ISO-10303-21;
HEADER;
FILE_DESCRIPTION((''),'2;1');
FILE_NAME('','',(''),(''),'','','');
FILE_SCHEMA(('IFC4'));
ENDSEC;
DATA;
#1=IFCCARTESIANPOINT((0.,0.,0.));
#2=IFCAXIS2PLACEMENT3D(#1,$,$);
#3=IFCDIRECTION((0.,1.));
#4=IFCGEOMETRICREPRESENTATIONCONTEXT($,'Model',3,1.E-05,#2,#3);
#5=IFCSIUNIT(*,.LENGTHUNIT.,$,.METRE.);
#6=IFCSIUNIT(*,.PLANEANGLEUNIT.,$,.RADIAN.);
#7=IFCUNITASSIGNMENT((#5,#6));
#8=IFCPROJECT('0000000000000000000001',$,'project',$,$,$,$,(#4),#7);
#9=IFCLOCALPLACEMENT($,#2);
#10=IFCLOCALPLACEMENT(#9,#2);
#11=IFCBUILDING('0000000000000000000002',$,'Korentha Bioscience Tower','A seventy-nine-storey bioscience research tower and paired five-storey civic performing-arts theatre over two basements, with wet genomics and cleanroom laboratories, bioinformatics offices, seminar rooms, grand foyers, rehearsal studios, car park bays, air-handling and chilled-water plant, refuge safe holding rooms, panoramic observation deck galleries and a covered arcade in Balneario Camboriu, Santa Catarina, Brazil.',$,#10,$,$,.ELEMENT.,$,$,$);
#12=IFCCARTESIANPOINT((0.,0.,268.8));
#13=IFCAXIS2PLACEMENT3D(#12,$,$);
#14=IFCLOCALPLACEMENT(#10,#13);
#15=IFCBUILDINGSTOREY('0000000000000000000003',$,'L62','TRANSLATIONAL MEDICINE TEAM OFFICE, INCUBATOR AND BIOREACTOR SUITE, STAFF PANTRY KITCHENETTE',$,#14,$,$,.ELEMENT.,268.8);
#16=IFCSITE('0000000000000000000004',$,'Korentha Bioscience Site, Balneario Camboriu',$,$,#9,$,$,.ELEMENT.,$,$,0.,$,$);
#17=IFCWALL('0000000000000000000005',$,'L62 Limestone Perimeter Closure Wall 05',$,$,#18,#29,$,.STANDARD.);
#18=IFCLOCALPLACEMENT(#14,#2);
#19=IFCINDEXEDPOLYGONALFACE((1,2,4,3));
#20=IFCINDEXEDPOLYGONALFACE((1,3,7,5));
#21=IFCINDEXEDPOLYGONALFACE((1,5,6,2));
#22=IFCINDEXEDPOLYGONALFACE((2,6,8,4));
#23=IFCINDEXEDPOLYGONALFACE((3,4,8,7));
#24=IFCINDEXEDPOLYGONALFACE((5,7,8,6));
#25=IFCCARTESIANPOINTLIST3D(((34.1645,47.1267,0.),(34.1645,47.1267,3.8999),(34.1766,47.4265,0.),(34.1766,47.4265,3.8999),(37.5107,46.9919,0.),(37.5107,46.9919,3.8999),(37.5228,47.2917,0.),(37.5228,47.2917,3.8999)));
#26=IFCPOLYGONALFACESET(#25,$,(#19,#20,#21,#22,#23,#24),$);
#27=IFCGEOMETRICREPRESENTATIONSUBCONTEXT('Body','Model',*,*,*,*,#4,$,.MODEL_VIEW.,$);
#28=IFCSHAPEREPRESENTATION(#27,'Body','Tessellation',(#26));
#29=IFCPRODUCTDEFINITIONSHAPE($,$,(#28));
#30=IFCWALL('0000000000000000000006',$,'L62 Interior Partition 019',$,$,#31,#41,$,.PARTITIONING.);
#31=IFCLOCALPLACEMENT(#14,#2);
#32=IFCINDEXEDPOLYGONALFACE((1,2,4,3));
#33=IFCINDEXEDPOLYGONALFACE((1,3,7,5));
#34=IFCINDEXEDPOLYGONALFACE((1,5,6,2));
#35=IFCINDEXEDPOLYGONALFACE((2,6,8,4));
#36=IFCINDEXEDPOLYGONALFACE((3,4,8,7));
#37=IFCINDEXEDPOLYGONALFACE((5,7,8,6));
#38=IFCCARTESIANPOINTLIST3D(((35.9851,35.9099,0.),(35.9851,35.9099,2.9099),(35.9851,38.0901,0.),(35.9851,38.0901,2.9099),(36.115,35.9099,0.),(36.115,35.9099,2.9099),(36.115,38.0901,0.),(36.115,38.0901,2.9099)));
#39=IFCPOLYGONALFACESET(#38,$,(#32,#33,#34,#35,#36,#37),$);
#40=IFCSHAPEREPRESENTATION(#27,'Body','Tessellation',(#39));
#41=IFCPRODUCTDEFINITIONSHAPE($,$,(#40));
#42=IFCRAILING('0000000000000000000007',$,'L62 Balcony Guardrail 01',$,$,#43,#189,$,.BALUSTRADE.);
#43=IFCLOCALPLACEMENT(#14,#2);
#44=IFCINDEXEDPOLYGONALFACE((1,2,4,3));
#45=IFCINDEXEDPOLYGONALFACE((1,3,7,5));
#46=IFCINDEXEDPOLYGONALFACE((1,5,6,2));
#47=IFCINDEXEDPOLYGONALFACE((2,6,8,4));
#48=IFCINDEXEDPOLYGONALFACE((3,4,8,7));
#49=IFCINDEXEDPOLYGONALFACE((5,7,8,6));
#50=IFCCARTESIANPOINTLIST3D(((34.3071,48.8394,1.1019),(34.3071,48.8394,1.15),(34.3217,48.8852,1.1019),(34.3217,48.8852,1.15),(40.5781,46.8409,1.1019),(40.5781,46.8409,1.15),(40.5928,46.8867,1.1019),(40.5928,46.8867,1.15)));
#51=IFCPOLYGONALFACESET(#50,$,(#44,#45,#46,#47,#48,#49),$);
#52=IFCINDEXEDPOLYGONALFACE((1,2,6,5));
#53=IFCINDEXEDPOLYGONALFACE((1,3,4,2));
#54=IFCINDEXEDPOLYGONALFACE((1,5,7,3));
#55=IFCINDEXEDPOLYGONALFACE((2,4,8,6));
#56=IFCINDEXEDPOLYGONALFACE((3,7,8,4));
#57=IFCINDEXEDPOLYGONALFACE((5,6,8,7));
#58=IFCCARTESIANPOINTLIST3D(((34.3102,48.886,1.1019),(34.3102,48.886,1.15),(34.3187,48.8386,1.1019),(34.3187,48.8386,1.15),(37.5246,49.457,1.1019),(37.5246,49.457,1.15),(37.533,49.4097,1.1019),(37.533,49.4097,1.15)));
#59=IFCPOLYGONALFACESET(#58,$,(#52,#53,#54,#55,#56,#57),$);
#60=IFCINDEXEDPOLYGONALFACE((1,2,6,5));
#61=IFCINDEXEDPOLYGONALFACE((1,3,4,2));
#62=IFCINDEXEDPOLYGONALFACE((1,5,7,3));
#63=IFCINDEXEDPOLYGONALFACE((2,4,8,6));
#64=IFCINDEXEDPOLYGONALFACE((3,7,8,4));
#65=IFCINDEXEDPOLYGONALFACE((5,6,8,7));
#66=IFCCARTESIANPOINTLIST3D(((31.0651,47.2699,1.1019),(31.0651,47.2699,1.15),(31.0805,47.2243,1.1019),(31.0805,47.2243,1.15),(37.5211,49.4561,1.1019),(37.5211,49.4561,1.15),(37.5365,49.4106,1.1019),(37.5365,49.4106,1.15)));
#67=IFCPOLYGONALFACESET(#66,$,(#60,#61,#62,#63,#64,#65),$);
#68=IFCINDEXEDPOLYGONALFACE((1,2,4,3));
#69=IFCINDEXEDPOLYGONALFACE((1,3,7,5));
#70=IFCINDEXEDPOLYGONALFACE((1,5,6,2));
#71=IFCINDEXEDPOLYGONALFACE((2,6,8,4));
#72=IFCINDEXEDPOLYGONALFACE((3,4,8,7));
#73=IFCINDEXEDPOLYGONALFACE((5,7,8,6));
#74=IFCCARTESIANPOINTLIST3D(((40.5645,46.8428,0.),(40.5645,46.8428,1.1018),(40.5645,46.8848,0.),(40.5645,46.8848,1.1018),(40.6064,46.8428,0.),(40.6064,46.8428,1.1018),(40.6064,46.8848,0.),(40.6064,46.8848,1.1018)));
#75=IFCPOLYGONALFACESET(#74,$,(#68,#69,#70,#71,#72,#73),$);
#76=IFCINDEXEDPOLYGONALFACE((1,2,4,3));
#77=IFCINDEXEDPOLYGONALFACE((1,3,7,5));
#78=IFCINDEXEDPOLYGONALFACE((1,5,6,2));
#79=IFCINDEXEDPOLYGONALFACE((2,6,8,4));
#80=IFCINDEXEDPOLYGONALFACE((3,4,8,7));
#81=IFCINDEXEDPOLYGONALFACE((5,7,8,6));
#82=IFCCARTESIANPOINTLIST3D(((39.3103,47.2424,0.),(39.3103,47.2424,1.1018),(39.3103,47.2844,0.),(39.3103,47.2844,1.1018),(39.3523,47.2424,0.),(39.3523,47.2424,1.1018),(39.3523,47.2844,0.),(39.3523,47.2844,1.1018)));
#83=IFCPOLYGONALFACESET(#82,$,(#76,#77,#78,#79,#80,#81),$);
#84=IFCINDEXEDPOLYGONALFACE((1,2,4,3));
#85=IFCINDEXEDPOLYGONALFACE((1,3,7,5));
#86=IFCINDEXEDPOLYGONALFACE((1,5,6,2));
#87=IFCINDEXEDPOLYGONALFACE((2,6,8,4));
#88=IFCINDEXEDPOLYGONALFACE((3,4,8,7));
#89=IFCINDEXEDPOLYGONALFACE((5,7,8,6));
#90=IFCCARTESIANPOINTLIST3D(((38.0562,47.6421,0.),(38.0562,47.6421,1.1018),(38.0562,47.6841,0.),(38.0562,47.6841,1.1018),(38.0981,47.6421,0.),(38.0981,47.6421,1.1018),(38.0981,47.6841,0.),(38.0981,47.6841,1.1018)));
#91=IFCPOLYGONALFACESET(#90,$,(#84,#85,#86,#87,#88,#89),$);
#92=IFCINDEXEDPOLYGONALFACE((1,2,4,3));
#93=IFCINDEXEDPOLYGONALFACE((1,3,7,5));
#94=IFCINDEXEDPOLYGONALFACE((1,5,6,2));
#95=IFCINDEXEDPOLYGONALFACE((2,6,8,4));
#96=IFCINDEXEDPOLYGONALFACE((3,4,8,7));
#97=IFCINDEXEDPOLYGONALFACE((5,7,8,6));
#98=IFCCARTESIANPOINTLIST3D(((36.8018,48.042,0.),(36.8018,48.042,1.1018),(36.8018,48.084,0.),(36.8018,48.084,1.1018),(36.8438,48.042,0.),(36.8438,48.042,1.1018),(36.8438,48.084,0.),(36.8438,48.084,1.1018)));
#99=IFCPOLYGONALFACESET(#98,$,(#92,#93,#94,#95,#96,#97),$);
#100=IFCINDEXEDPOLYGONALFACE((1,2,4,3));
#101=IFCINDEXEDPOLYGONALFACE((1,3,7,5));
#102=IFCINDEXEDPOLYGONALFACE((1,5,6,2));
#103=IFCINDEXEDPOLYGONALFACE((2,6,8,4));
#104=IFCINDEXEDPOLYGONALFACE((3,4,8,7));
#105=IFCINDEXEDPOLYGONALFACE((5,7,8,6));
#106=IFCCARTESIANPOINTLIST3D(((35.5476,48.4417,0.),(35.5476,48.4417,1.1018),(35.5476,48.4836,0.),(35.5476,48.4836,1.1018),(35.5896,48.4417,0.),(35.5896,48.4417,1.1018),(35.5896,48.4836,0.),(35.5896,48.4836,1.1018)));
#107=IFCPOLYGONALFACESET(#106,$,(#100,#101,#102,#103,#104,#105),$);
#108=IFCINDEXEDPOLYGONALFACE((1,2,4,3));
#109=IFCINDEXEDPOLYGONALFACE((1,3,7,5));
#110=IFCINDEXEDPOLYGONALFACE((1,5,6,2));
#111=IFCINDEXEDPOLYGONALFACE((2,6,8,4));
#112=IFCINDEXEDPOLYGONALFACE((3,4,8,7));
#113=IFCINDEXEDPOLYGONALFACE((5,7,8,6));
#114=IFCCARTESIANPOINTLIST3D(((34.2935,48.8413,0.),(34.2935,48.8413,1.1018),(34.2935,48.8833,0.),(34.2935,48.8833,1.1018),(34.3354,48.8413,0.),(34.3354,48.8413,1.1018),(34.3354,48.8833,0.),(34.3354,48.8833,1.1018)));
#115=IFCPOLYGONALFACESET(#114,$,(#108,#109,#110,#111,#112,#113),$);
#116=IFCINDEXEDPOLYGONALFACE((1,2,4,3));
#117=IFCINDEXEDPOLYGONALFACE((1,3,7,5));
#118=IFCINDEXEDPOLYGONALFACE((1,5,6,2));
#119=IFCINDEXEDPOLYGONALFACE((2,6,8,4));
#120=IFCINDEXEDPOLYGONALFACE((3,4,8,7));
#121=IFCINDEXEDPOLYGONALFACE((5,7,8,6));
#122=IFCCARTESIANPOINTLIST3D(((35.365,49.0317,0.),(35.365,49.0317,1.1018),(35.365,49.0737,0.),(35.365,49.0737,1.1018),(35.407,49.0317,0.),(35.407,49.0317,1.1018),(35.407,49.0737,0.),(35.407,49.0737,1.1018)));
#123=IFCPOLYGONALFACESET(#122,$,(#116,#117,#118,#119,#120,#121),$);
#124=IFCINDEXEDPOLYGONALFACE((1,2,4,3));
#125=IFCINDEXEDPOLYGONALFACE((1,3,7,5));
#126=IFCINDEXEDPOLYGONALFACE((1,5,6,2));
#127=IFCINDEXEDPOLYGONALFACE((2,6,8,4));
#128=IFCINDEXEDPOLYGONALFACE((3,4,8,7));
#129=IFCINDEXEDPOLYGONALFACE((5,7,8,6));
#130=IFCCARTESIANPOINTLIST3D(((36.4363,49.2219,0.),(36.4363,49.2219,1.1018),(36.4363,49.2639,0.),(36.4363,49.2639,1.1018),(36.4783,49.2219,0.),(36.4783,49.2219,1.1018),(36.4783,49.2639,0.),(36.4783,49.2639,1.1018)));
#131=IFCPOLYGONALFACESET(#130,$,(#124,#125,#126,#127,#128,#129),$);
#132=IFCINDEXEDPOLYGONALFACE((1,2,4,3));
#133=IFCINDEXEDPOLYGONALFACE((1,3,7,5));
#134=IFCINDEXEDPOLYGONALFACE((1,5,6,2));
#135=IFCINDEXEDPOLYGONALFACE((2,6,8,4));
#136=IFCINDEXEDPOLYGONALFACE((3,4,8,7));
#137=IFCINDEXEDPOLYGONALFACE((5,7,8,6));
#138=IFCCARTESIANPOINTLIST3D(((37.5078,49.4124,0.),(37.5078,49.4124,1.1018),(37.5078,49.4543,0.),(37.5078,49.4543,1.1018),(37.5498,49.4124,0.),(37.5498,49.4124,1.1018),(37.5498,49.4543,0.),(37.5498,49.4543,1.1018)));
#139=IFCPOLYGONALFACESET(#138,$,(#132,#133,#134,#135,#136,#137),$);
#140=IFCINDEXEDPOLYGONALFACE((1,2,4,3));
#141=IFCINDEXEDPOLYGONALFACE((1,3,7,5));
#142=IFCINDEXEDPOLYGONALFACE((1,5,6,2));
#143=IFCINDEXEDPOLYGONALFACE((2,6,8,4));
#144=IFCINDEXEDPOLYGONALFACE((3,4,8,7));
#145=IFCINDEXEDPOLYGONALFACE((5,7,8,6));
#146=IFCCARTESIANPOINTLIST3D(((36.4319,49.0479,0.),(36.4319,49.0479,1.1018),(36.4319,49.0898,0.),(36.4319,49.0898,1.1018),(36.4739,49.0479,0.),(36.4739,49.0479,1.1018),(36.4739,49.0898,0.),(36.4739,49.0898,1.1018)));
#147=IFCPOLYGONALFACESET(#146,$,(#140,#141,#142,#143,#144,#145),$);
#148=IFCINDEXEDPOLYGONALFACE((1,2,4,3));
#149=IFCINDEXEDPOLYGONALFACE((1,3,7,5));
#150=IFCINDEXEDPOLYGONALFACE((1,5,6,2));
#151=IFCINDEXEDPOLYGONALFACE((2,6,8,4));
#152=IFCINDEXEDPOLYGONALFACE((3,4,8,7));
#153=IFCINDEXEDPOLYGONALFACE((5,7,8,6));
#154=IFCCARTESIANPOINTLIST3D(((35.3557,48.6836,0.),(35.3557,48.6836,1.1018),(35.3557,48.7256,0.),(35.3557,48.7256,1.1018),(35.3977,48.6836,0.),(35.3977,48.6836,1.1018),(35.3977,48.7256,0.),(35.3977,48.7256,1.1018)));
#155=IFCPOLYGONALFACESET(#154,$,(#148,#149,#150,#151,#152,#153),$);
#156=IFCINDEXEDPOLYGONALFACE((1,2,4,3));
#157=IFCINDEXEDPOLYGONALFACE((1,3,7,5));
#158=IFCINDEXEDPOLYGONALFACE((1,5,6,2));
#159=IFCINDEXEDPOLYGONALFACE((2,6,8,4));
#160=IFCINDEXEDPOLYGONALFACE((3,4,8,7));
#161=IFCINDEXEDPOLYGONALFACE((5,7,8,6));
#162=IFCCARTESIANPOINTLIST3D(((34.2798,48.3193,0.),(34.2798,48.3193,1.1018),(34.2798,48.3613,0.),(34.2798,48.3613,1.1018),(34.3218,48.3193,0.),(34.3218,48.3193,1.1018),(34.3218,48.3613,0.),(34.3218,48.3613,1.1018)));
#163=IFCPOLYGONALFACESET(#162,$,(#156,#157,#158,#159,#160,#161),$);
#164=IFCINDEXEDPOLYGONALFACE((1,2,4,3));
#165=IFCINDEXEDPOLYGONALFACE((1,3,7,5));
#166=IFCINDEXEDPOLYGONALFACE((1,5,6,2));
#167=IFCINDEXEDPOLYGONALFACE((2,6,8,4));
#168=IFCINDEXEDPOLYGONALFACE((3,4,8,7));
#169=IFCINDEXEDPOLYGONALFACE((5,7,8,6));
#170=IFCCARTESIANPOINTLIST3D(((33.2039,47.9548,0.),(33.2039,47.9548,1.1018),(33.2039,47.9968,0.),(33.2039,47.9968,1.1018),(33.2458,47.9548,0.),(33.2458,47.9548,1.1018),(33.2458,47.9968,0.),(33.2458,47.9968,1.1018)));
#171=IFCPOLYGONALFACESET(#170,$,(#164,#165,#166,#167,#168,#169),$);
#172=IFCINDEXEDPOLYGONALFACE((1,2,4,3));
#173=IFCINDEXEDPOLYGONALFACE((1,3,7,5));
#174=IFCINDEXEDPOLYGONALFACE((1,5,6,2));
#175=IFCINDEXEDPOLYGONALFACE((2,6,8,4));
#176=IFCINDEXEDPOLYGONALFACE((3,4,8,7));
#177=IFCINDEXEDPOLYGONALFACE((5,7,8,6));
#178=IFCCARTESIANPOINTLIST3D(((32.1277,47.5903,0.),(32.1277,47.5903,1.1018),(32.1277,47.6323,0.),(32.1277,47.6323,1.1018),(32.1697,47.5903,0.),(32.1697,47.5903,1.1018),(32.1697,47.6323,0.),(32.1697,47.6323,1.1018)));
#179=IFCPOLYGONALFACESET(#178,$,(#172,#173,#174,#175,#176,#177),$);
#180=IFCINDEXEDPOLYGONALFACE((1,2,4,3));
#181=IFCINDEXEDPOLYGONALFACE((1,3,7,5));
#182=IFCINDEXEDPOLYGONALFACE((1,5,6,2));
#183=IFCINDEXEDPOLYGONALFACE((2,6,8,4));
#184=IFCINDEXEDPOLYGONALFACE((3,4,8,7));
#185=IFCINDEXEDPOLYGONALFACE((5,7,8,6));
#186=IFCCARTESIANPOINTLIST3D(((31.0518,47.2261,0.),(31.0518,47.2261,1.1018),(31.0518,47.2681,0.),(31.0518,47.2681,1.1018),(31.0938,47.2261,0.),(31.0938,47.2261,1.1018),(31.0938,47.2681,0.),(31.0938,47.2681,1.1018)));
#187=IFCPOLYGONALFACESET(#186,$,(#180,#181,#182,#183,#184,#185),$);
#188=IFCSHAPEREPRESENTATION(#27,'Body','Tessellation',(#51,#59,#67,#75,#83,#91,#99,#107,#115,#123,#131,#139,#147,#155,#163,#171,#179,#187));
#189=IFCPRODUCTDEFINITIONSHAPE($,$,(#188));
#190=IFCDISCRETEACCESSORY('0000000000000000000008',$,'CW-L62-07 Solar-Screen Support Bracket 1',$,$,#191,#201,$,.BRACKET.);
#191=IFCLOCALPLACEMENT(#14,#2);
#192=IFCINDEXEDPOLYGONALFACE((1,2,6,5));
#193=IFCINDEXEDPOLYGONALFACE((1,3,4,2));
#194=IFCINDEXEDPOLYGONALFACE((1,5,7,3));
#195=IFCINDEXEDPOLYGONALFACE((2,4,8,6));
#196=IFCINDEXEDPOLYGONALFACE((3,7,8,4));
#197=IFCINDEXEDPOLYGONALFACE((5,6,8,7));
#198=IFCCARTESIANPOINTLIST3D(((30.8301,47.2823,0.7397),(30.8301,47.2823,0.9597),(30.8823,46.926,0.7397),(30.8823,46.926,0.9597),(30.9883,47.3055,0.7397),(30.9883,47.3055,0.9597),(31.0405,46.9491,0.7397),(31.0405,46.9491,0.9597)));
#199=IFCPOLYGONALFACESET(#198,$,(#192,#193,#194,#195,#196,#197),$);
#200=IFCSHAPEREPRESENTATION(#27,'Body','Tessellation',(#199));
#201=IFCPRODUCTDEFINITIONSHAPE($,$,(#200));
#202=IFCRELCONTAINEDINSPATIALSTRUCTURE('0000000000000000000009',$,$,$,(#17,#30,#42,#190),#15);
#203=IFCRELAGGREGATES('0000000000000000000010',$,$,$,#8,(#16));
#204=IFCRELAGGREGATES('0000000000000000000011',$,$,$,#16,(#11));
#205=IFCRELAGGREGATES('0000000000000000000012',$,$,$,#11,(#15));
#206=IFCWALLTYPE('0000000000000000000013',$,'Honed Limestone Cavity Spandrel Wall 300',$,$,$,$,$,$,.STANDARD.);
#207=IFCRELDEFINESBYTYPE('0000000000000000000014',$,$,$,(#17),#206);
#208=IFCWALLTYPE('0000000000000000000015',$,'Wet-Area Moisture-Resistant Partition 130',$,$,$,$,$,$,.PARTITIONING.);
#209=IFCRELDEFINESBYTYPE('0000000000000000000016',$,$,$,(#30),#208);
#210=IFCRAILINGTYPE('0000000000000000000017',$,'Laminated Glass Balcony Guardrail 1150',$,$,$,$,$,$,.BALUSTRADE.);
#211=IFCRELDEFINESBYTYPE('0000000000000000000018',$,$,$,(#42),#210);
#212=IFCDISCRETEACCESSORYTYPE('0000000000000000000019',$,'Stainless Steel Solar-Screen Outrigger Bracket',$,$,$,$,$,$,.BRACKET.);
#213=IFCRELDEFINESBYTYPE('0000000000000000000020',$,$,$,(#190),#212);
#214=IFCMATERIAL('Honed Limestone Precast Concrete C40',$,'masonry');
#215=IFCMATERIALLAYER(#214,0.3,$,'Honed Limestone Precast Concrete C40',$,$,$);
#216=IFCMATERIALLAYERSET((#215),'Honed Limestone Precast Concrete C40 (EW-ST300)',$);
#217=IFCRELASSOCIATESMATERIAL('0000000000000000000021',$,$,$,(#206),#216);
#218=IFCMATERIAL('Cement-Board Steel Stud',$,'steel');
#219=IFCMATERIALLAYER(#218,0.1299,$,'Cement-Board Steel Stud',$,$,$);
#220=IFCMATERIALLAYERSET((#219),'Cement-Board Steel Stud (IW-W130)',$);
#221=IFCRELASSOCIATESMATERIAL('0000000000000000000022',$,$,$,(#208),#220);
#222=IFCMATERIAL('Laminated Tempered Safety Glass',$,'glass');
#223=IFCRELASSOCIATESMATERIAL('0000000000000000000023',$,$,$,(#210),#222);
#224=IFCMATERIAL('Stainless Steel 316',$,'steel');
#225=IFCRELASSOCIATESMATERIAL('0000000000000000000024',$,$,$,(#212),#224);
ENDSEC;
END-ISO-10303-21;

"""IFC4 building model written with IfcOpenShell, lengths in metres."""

from ifc_helpers import new_model, si_unit, direction, frame, frame_2d, origin, origin_2d, place, context, subcontext, project, spatial, rectangle, extrude, material, layer, layer_set, type_object, element, save


model = new_model("IFC4")

# Units and contexts
model_context = context("Model", 3, precision=1e-05, world=origin(), true_north=direction((0.0, 1.0)))
body_context = subcontext(model_context, "Body", "Model", "MODEL_VIEW")
ifc_project = project(units=[si_unit("LENGTHUNIT", "METRE"), si_unit("PLANEANGLEUNIT", "RADIAN")], contexts=[model_context])

# Site, building, storey
site_placement = place(None, origin())
site = spatial("IfcSite", under=ifc_project, at=site_placement, Name="Korentha Bioscience Site, Balneario Camboriu", CompositionType="ELEMENT", RefElevation=0.0)
building_placement = place(site_placement, origin())
building = spatial("IfcBuilding", under=site, at=building_placement, Name="Korentha Bioscience Tower", Description="A seventy-nine-storey bioscience research tower and paired five-storey civic performing-arts theatre over two basements, with wet genomics and cleanroom laboratories, bioinformatics offices, seminar rooms, grand foyers, rehearsal studios, car park bays, air-handling and chilled-water plant, refuge safe holding rooms, panoramic observation deck galleries and a covered arcade in Balneario Camboriu, Santa Catarina, Brazil.", CompositionType="ELEMENT")
storey_placement = place(building_placement, frame((0.0, 0.0, 268.8)))
storey = spatial("IfcBuildingStorey", under=building, at=storey_placement, Name="L62", Description="TRANSLATIONAL MEDICINE TEAM OFFICE, INCUBATOR AND BIOREACTOR SUITE, STAFF PANTRY KITCHENETTE", CompositionType="ELEMENT", Elevation=268.8)

# Shared definitions
ifc_material_1 = material(Name="Honed Limestone Precast Concrete C40", Category="masonry")
ifc_layer_1 = layer(ifc_material_1, 0.3, Name="Honed Limestone Precast Concrete C40")
ifc_layer_set_1 = layer_set([ifc_layer_1], Name="Honed Limestone Precast Concrete C40 (EW-ST300)")
wall_type_1 = type_object("IfcWallType", Name="Honed Limestone Cavity Spandrel Wall 300", PredefinedType="STANDARD", material=ifc_layer_set_1)

# Wall
wall_1_placement = place(storey_placement, frame((37.5166, 47.1418, 0.0), z_axis=(0.0, 0.0, 1.0), x_axis=(-0.99919, 0.040242, 0.0)))
element("IfcWall", 1, at=wall_1_placement, inside=storey, type_object=wall_type_1, Name="L62 Limestone Perimeter Closure Wall 05", PredefinedType="STANDARD", context=body_context, shape_type="SweptSolid", body=[
    extrude(rectangle(XDim=3.3489, YDim=0.3, at=frame_2d((1.6743, 0.0))), origin(), (0.0, 0.0, 1.0), 3.8999),
])

# Shared definitions
ifc_material_2 = material(Name="Cement-Board Steel Stud", Category="steel")
ifc_layer_2 = layer(ifc_material_2, 0.1299, Name="Cement-Board Steel Stud")
ifc_layer_set_2 = layer_set([ifc_layer_2], Name="Cement-Board Steel Stud (IW-W130)")
wall_type_2 = type_object("IfcWallType", Name="Wet-Area Moisture-Resistant Partition 130", PredefinedType="PARTITIONING", material=ifc_layer_set_2)

# Wall
wall_2_placement = place(storey_placement, frame((36.05, 38.0901, 0.0), z_axis=(0.0, 0.0, 1.0), x_axis=(0.0, -1.0, 0.0)))
element("IfcWall", 2, at=wall_2_placement, inside=storey, type_object=wall_type_2, Name="L62 Interior Partition 019", PredefinedType="PARTITIONING", context=body_context, shape_type="SweptSolid", body=[
    extrude(rectangle(XDim=2.1802, YDim=0.1299, at=frame_2d((1.0901, 0.0))), origin(), (0.0, 0.0, 1.0), 2.9099),
])

# Railing
ifc_material_3 = material(Name="Laminated Tempered Safety Glass", Category="glass")
railing_type = type_object("IfcRailingType", Name="Laminated Glass Balcony Guardrail 1150", PredefinedType="BALUSTRADE", material=ifc_material_3)
railing_placement = place(storey_placement, frame((40.5854, 46.8638, 0.0)))
element("IfcRailing", 3, at=railing_placement, inside=storey, type_object=railing_type, Name="L62 Balcony Guardrail 01", PredefinedType="BALUSTRADE", context=body_context, shape_type="SweptSolid", body=[
    extrude(rectangle(XDim=0.0481, YDim=0.0481, at=origin_2d()), frame((0.0, 0.0, 1.126), z_axis=(-0.952784, 0.303648, 0.0), x_axis=(-0.303648, -0.952784, 0.0)), (0.0, 0.0, 1.0), 6.5818),
    extrude(rectangle(XDim=0.0481, YDim=0.0481, at=origin_2d()), frame((-6.271, 1.9985, 1.126), z_axis=(0.984583, 0.174916, 0.0), x_axis=(-0.174916, 0.984583, 0.0)), (0.0, 0.0, 1.0), 3.2646),
    extrude(rectangle(XDim=0.0481, YDim=0.0481, at=origin_2d()), frame((-3.0566, 2.5696, 1.126), z_axis=(-0.947165, -0.320748, 0.0), x_axis=(0.320748, -0.947165, 0.0)), (0.0, 0.0, 1.0), 6.8162),
    extrude(rectangle(XDim=0.042, YDim=0.042, at=origin_2d()), origin(), (0.0, 0.0, 1.0), 1.1018),
    extrude(rectangle(XDim=0.042, YDim=0.042, at=origin_2d()), frame((-1.2542, 0.3997, 0.0)), (0.0, 0.0, 1.0), 1.1018),
    extrude(rectangle(XDim=0.042, YDim=0.042, at=origin_2d()), frame((-2.5083, 0.7993, 0.0)), (0.0, 0.0, 1.0), 1.1018),
    extrude(rectangle(XDim=0.042, YDim=0.042, at=origin_2d()), frame((-3.7627, 1.1992, 0.0)), (0.0, 0.0, 1.0), 1.1018),
    extrude(rectangle(XDim=0.042, YDim=0.042, at=origin_2d()), frame((-5.0168, 1.5989, 0.0)), (0.0, 0.0, 1.0), 1.1018),
    extrude(rectangle(XDim=0.042, YDim=0.042, at=origin_2d()), frame((-6.271, 1.9985, 0.0)), (0.0, 0.0, 1.0), 1.1018),
    extrude(rectangle(XDim=0.042, YDim=0.042, at=origin_2d()), frame((-5.1995, 2.189, 0.0)), (0.0, 0.0, 1.0), 1.1018),
    extrude(rectangle(XDim=0.042, YDim=0.042, at=origin_2d()), frame((-4.1282, 2.3792, 0.0)), (0.0, 0.0, 1.0), 1.1018),
    extrude(rectangle(XDim=0.042, YDim=0.042, at=origin_2d()), frame((-3.0566, 2.5696, 0.0)), (0.0, 0.0, 1.0), 1.1018),
    extrude(rectangle(XDim=0.042, YDim=0.042, at=origin_2d()), frame((-4.1326, 2.2051, 0.0)), (0.0, 0.0, 1.0), 1.1018),
    extrude(rectangle(XDim=0.042, YDim=0.042, at=origin_2d()), frame((-5.2087, 1.8408, 0.0)), (0.0, 0.0, 1.0), 1.1018),
    extrude(rectangle(XDim=0.042, YDim=0.042, at=origin_2d()), frame((-6.2847, 1.4766, 0.0)), (0.0, 0.0, 1.0), 1.1018),
    extrude(rectangle(XDim=0.042, YDim=0.042, at=origin_2d()), frame((-7.3606, 1.1121, 0.0)), (0.0, 0.0, 1.0), 1.1018),
    extrude(rectangle(XDim=0.042, YDim=0.042, at=origin_2d()), frame((-8.4368, 0.7476, 0.0)), (0.0, 0.0, 1.0), 1.1018),
    extrude(rectangle(XDim=0.042, YDim=0.042, at=origin_2d()), frame((-9.5127, 0.3833, 0.0)), (0.0, 0.0, 1.0), 1.1018),
])

# Discrete accessory
ifc_material_4 = material(Name="Stainless Steel 316", Category="steel")
discrete_accessory_type = type_object("IfcDiscreteAccessoryType", Name="Stainless Steel Solar-Screen Outrigger Bracket", PredefinedType="BRACKET", material=ifc_material_4)
discrete_accessory_placement = place(storey_placement, frame((30.9353, 47.1157, 0.7397), z_axis=(0.0, 0.0, 1.0), x_axis=(-0.98946, -0.144809, 0.0)))
element("IfcDiscreteAccessory", 4, at=discrete_accessory_placement, inside=storey, type_object=discrete_accessory_type, Name="CW-L62-07 Solar-Screen Support Bracket 1", PredefinedType="BRACKET", context=body_context, shape_type="SweptSolid", body=[
    extrude(rectangle(XDim=0.1599, YDim=0.3601, at=origin_2d()), origin(), (0.0, 0.0, 1.0), 0.22),
])

save(model, "model.ifc")
